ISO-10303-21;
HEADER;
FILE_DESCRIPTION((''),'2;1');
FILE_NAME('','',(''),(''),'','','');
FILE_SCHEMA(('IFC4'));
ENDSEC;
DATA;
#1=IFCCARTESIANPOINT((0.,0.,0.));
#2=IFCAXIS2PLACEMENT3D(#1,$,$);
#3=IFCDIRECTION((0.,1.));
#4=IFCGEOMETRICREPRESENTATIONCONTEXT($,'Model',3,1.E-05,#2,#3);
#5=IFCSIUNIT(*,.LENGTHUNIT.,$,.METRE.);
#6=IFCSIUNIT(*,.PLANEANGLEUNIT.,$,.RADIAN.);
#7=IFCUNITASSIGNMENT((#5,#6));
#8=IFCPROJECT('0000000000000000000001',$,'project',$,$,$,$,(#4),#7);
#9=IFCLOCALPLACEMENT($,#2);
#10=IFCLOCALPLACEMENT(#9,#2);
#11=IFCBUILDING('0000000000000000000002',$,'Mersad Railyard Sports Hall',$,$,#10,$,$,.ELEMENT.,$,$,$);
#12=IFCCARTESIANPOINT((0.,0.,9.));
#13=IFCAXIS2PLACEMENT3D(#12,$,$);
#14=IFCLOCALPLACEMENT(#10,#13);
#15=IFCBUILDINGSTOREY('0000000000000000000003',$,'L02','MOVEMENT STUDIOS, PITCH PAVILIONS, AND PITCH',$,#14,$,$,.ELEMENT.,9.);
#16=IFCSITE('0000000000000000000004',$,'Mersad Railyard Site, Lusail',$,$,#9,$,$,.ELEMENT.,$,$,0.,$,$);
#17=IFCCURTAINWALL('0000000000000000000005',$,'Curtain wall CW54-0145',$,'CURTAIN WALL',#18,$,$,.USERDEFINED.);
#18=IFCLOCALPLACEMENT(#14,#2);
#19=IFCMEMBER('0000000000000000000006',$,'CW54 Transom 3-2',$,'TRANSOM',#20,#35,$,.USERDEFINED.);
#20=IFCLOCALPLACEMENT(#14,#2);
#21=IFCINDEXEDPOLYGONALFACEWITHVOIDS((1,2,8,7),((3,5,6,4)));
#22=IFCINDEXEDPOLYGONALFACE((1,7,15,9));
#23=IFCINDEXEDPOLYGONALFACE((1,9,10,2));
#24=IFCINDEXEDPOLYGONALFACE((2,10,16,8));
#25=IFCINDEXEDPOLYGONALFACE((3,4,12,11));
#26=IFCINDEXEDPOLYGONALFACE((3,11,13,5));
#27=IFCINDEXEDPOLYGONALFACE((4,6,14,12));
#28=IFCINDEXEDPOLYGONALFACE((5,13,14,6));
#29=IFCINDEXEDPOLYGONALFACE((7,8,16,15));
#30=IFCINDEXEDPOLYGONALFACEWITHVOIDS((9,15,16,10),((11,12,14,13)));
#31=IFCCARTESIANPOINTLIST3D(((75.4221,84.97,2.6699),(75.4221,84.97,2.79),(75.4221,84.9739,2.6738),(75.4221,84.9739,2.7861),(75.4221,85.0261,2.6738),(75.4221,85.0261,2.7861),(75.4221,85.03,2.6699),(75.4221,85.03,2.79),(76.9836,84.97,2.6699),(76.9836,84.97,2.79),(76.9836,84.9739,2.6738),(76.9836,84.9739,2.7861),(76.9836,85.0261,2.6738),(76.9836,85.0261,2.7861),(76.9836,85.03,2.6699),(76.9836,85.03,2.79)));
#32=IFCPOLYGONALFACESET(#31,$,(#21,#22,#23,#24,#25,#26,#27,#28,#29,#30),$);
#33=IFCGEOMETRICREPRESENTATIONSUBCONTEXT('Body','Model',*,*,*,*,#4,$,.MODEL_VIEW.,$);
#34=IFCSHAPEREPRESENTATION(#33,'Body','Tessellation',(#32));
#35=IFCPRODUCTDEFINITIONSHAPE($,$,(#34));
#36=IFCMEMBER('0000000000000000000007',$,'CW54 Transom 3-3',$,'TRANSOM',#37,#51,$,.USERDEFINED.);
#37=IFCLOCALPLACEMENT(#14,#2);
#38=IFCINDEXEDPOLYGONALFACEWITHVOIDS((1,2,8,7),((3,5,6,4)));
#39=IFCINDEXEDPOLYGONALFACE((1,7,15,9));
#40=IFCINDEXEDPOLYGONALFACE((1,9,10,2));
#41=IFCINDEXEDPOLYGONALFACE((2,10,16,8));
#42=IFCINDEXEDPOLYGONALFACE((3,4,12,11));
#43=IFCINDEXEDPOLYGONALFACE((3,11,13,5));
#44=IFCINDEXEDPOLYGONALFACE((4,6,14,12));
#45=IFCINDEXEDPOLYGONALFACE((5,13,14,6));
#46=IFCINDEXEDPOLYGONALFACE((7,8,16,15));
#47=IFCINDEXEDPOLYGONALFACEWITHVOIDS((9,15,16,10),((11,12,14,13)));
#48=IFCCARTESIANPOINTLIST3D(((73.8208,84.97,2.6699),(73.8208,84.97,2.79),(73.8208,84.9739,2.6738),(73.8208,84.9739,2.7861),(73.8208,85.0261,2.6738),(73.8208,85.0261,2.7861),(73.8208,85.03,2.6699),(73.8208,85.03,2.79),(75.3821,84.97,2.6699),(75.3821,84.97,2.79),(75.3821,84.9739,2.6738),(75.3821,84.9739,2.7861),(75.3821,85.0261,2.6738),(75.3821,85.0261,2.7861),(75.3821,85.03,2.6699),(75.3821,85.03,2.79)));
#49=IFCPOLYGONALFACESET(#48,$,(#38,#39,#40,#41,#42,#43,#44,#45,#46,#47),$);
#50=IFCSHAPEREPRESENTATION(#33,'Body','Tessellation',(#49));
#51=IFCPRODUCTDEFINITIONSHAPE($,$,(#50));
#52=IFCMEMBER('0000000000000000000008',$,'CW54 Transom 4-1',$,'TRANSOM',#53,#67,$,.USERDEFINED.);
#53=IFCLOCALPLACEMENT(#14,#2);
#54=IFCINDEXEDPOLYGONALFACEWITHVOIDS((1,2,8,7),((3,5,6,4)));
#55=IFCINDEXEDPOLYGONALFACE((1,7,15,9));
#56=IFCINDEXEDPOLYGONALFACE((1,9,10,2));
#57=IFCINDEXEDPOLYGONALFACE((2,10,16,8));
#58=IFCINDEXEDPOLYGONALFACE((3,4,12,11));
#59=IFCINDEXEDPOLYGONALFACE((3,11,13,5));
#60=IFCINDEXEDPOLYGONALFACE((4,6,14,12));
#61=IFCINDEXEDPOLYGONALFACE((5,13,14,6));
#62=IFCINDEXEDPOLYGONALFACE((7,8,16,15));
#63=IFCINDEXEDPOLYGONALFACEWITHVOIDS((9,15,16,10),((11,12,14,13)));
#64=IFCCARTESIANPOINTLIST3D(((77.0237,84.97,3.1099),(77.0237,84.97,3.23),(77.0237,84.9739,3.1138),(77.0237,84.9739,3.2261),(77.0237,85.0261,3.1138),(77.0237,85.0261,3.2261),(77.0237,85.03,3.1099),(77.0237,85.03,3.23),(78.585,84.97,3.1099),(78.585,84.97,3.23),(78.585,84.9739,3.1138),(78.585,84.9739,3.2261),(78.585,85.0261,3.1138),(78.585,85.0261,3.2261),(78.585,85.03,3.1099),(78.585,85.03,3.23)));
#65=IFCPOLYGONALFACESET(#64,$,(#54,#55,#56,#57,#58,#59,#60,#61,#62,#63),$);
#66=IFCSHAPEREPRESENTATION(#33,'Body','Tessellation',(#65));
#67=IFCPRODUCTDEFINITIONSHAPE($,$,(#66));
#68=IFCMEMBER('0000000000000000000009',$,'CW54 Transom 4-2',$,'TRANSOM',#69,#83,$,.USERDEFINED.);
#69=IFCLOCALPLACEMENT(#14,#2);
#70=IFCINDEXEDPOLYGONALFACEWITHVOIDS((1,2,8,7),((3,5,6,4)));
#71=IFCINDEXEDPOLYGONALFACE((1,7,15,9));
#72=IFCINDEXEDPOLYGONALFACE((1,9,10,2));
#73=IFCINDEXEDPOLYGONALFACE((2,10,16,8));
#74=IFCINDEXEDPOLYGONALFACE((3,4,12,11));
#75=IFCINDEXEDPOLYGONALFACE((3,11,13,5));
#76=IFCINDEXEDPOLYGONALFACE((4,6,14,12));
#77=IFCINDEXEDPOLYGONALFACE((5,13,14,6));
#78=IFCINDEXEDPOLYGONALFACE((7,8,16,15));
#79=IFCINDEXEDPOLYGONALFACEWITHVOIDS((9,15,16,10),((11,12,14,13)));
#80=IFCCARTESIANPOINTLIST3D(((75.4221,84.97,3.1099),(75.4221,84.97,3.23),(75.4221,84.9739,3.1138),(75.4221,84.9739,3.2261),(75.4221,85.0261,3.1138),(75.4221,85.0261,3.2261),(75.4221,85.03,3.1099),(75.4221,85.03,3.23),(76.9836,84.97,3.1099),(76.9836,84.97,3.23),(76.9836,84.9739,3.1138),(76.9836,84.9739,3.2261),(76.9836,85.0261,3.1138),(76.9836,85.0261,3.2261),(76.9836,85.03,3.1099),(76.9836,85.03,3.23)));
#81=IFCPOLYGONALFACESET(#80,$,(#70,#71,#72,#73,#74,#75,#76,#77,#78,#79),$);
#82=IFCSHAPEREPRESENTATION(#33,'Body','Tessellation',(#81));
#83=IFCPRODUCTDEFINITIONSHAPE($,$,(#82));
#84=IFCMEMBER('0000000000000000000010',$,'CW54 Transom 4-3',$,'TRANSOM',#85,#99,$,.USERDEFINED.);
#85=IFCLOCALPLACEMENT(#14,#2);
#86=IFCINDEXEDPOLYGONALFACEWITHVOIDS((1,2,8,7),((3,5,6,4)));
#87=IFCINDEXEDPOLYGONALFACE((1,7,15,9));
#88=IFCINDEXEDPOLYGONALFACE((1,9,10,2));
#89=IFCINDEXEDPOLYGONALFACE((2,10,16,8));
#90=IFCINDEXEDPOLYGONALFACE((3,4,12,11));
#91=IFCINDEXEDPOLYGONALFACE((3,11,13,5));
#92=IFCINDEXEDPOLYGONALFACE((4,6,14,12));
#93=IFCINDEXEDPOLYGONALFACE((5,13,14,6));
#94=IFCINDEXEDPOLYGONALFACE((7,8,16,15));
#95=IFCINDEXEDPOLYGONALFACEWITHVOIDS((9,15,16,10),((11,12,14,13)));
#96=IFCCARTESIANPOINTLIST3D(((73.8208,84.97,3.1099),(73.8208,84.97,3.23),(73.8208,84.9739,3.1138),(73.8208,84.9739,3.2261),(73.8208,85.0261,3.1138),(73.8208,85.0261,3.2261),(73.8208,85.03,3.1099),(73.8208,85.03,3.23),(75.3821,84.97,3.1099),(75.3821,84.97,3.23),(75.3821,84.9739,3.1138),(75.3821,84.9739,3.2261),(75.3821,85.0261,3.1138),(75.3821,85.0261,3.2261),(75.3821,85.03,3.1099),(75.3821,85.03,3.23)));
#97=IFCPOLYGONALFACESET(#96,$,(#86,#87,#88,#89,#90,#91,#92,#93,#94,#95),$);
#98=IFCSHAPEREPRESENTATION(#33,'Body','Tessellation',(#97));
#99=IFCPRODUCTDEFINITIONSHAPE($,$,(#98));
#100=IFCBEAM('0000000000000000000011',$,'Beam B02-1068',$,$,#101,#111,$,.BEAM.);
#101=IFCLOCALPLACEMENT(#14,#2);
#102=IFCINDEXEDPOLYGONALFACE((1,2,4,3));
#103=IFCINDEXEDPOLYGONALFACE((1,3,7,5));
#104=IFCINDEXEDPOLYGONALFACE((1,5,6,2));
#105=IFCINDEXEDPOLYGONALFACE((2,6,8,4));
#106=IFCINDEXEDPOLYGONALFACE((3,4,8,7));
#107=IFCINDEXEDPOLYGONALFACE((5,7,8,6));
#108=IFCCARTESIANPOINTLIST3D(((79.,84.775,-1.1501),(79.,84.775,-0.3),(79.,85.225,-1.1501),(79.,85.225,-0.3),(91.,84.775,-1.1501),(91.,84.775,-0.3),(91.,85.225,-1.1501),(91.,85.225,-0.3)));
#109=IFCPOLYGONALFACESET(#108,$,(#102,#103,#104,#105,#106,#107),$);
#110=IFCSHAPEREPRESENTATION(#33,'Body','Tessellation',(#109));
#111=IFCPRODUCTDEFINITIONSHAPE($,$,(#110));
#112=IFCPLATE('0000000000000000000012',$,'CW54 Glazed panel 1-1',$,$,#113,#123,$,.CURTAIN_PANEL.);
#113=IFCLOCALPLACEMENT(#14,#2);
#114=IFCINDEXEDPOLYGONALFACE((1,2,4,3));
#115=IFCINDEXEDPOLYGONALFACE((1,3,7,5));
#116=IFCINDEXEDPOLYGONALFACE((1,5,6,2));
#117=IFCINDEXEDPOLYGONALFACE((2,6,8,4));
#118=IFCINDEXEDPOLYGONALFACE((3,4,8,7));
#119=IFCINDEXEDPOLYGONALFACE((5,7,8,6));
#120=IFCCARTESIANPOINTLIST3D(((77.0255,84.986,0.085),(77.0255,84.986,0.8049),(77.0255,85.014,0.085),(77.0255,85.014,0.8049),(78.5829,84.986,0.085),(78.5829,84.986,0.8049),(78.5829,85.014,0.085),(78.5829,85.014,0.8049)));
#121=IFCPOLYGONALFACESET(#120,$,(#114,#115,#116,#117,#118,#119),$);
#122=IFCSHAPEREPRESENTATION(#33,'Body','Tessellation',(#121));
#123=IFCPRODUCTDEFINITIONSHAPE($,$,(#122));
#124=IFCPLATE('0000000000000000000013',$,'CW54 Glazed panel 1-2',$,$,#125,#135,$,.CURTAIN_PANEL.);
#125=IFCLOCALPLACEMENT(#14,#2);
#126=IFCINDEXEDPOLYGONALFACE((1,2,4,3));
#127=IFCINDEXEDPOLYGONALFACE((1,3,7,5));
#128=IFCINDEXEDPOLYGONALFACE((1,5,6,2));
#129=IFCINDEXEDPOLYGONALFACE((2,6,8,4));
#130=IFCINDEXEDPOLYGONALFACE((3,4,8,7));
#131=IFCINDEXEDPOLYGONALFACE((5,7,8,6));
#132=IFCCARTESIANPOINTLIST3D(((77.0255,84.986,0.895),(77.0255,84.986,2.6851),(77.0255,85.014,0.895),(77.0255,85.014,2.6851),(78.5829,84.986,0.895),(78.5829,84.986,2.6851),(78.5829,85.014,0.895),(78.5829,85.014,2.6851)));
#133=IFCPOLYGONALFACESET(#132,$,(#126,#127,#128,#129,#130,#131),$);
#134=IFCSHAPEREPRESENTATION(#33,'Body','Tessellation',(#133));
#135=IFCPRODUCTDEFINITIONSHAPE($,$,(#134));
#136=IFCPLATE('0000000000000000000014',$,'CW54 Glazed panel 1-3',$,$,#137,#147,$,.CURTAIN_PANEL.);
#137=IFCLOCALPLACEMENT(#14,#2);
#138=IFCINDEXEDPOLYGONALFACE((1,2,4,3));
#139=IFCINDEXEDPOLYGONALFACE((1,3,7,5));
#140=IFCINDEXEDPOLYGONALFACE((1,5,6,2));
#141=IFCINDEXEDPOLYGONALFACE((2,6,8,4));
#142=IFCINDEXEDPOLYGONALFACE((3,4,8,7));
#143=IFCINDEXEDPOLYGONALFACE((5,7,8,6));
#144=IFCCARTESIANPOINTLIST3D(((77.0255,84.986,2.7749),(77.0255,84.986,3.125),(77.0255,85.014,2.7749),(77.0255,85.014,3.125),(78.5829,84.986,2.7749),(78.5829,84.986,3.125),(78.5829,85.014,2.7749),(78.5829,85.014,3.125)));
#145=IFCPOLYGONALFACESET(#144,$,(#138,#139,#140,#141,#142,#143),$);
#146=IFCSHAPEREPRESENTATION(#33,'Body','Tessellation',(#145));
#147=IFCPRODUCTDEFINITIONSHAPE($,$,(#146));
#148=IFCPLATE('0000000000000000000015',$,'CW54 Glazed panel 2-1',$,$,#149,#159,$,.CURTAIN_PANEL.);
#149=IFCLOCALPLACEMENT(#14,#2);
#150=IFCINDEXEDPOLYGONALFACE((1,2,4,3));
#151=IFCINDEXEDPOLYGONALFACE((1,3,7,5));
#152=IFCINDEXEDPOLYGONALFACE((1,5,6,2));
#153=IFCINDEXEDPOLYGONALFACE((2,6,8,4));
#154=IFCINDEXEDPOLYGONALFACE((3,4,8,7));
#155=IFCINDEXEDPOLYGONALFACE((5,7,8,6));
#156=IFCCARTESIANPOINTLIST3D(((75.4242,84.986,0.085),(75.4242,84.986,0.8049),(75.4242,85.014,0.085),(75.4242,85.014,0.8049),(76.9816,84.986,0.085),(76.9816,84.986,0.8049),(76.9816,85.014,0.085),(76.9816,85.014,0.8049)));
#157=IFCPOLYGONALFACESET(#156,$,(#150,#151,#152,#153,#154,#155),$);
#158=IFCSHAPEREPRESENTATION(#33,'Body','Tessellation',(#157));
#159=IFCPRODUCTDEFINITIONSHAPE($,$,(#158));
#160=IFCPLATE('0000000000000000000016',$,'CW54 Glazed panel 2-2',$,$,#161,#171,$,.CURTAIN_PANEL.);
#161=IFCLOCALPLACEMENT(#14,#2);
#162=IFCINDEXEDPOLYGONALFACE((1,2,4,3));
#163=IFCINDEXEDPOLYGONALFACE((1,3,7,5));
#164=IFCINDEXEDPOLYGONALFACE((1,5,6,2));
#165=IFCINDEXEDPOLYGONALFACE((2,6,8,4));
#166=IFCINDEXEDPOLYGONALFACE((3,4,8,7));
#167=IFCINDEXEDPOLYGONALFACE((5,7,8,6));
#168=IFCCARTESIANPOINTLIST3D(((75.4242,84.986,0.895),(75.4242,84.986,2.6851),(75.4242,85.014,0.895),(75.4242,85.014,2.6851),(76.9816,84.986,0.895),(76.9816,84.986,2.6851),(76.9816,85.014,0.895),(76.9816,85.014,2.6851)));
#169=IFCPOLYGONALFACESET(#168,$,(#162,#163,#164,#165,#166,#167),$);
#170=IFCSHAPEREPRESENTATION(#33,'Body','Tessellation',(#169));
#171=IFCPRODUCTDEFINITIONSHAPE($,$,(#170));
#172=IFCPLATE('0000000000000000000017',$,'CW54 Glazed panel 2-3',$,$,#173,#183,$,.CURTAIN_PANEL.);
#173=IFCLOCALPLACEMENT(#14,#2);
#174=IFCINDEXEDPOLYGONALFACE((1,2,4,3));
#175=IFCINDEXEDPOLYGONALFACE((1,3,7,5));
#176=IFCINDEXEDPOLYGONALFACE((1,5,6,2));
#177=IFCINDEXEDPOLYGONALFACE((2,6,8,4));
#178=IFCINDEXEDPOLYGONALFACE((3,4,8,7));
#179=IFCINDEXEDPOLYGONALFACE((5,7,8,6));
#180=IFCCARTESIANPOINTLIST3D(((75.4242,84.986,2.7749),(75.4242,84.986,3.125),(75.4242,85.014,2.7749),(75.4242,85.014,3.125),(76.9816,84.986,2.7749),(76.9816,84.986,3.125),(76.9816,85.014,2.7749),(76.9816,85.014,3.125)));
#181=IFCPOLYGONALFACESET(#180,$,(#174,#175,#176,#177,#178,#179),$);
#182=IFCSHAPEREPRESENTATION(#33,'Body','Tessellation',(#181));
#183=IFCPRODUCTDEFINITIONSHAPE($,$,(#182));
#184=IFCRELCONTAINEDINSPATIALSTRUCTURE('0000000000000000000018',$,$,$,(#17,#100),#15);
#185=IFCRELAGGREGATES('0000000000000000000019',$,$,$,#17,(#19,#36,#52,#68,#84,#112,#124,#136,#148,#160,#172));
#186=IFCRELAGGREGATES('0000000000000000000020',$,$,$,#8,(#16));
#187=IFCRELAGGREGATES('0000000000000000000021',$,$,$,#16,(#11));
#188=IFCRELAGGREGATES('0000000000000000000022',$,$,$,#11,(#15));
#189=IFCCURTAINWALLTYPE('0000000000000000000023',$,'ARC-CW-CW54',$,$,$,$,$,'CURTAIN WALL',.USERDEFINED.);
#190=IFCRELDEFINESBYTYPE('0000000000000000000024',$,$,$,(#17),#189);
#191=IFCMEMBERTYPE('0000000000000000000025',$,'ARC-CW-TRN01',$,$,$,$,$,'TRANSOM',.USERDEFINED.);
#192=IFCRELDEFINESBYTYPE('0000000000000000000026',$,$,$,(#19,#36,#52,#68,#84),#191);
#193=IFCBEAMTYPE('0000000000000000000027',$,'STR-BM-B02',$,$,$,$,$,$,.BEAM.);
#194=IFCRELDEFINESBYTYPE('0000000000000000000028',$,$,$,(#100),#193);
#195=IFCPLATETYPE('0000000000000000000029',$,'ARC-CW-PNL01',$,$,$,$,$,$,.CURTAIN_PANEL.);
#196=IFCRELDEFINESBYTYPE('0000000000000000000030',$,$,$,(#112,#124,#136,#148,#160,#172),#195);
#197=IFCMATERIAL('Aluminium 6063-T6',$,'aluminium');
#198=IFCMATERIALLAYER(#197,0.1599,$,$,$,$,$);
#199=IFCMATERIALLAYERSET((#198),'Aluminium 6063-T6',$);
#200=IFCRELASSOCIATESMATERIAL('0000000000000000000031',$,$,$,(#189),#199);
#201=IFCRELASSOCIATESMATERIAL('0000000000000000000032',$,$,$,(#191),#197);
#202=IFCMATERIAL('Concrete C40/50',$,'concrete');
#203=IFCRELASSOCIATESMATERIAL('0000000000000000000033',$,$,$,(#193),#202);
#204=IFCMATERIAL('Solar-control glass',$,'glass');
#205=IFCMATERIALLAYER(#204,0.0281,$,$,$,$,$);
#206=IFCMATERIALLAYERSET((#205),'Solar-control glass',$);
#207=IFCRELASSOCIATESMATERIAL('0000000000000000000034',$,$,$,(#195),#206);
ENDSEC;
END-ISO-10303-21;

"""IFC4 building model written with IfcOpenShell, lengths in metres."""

from ifc_helpers import new_model, si_unit, direction, frame, origin, origin_2d, place, context, subcontext, project, spatial, rectangle, hollow_rectangle, extrude, material, layer, layer_set, material_profile, profile_set, type_object, element, aggregate, save


model = new_model("IFC4")

# Units and contexts
model_context = context("Model", 3, precision=1e-05, world=origin(), true_north=direction((0.0, 1.0)))
body_context = subcontext(model_context, "Body", "Model", "MODEL_VIEW")
ifc_project = project(units=[si_unit("LENGTHUNIT", "METRE"), si_unit("PLANEANGLEUNIT", "RADIAN")], contexts=[model_context])

# Site, building, storey
site_placement = place(None, origin())
site = spatial("IfcSite", under=ifc_project, at=site_placement, Name="Mersad Railyard Site, Lusail", CompositionType="ELEMENT", RefElevation=0.0)
building_placement = place(site_placement, origin())
building = spatial("IfcBuilding", under=site, at=building_placement, Name="Mersad Railyard Sports Hall", CompositionType="ELEMENT")
storey_placement = place(building_placement, frame((0.0, 0.0, 9.0)))
storey = spatial("IfcBuildingStorey", under=building, at=storey_placement, Name="L02", Description="MOVEMENT STUDIOS, PITCH PAVILIONS, AND PITCH", CompositionType="ELEMENT", Elevation=9.0)

# Curtain wall, members
ifc_material_1 = material(Name="Aluminium 6063-T6", Category="aluminium")
ifc_layer_1 = layer(ifc_material_1, 0.1599)
ifc_layer_set_1 = layer_set([ifc_layer_1], Name="Aluminium 6063-T6")
curtain_wall_type = type_object("IfcCurtainWallType", Name="ARC-CW-CW54", ElementType="CURTAIN WALL", PredefinedType="USERDEFINED", material=ifc_layer_set_1)
curtain_wall_placement = place(storey_placement, origin())
curtain_wall = element("IfcCurtainWall", 1, at=curtain_wall_placement, inside=storey, type_object=curtain_wall_type, Name="Curtain wall CW54-0145", ObjectType="CURTAIN WALL", PredefinedType="USERDEFINED")
ifc_material_profile_1 = material_profile(ifc_material_1, hollow_rectangle(XDim=0.0601, YDim=0.1201, WallThickness=0.0039, at=origin_2d()), Name="AL TRANSOM 60x120x4")
ifc_profile_set_1 = profile_set([ifc_material_profile_1], Name="Aluminium 6063-T6")
member_type_1 = type_object("IfcMemberType", Name="ARC-CW-TRN01", ElementType="TRANSOM", PredefinedType="USERDEFINED", material=ifc_profile_set_1)
member_1_placement = place(storey_placement, frame((76.9836, 85.0, 2.73), z_axis=(-1.0, 0.0, 0.0), x_axis=(0.0, -1.0, 0.0)))
member_1 = element("IfcMember", 2, at=member_1_placement, type_object=member_type_1, Name="CW54 Transom 3-2", ObjectType="TRANSOM", PredefinedType="USERDEFINED", context=body_context, shape_type="SweptSolid", body=[
    extrude(hollow_rectangle(XDim=0.0601, YDim=0.1201, WallThickness=0.0039, at=origin_2d()), origin(), (0.0, 0.0, 1.0), 1.5615),
])
member_2_placement = place(storey_placement, frame((75.3821, 85.0, 2.73), z_axis=(-1.0, 0.0, 0.0), x_axis=(0.0, -1.0, 0.0)))
member_2 = element("IfcMember", 3, at=member_2_placement, type_object=member_type_1, Name="CW54 Transom 3-3", ObjectType="TRANSOM", PredefinedType="USERDEFINED", context=body_context, shape_type="SweptSolid", body=[
    extrude(hollow_rectangle(XDim=0.0601, YDim=0.1201, WallThickness=0.0039, at=origin_2d()), origin(), (0.0, 0.0, 1.0), 1.5613),
])
member_3_placement = place(storey_placement, frame((78.585, 85.0, 3.1699), z_axis=(-1.0, 0.0, 0.0), x_axis=(0.0, -1.0, 0.0)))
member_3 = element("IfcMember", 4, at=member_3_placement, type_object=member_type_1, Name="CW54 Transom 4-1", ObjectType="TRANSOM", PredefinedType="USERDEFINED", context=body_context, shape_type="SweptSolid", body=[
    extrude(hollow_rectangle(XDim=0.0601, YDim=0.1201, WallThickness=0.0039, at=origin_2d()), origin(), (0.0, 0.0, 1.0), 1.5613),
])
member_4_placement = place(storey_placement, frame((76.9836, 85.0, 3.1699), z_axis=(-1.0, 0.0, 0.0), x_axis=(0.0, -1.0, 0.0)))
member_4 = element("IfcMember", 5, at=member_4_placement, type_object=member_type_1, Name="CW54 Transom 4-2", ObjectType="TRANSOM", PredefinedType="USERDEFINED", context=body_context, shape_type="SweptSolid", body=[
    extrude(hollow_rectangle(XDim=0.0601, YDim=0.1201, WallThickness=0.0039, at=origin_2d()), origin(), (0.0, 0.0, 1.0), 1.5615),
])
member_5_placement = place(storey_placement, frame((75.3821, 85.0, 3.1699), z_axis=(-1.0, 0.0, 0.0), x_axis=(0.0, -1.0, 0.0)))
member_5 = element("IfcMember", 6, at=member_5_placement, type_object=member_type_1, Name="CW54 Transom 4-3", ObjectType="TRANSOM", PredefinedType="USERDEFINED", context=body_context, shape_type="SweptSolid", body=[
    extrude(hollow_rectangle(XDim=0.0601, YDim=0.1201, WallThickness=0.0039, at=origin_2d()), origin(), (0.0, 0.0, 1.0), 1.5613),
])

# Beam
ifc_material_2 = material(Name="Concrete C40/50", Category="concrete")
ifc_material_profile_2 = material_profile(ifc_material_2, rectangle(XDim=0.45, YDim=0.8501, at=origin_2d()), Name="RC 450x850")
ifc_profile_set_2 = profile_set([ifc_material_profile_2], Name="Concrete C40/50")
beam_type = type_object("IfcBeamType", Name="STR-BM-B02", PredefinedType="BEAM", material=ifc_profile_set_2)
beam_placement = place(storey_placement, frame((79.0, 85.0, -0.7251), z_axis=(1.0, 0.0, 0.0), x_axis=(0.0, 1.0, 0.0)))
element("IfcBeam", 7, at=beam_placement, inside=storey, type_object=beam_type, Name="Beam B02-1068", PredefinedType="BEAM", context=body_context, shape_type="SweptSolid", body=[
    extrude(rectangle(XDim=0.45, YDim=0.8501, at=origin_2d()), origin(), (0.0, 0.0, 1.0), 12.0),
])

# Plates
ifc_material_3 = material(Name="Solar-control glass", Category="glass")
ifc_layer_2 = layer(ifc_material_3, 0.0281)
ifc_layer_set_2 = layer_set([ifc_layer_2], Name="Solar-control glass")
plate_type = type_object("IfcPlateType", Name="ARC-CW-PNL01", PredefinedType="CURTAIN_PANEL", material=ifc_layer_set_2)
plate_1_placement = place(storey_placement, frame((77.8042, 85.0, 0.085), z_axis=(0.0, 0.0, 1.0), x_axis=(-1.0, 0.0, 0.0)))
plate_1 = element("IfcPlate", 8, at=plate_1_placement, type_object=plate_type, Name="CW54 Glazed panel 1-1", PredefinedType="CURTAIN_PANEL", context=body_context, shape_type="SweptSolid", body=[
    extrude(rectangle(XDim=1.5574, YDim=0.0281, at=origin_2d()), origin(), (0.0, 0.0, 1.0), 0.72),
])
plate_2_placement = place(storey_placement, frame((77.8042, 85.0, 0.895), z_axis=(0.0, 0.0, 1.0), x_axis=(-1.0, 0.0, 0.0)))
plate_2 = element("IfcPlate", 9, at=plate_2_placement, type_object=plate_type, Name="CW54 Glazed panel 1-2", PredefinedType="CURTAIN_PANEL", context=body_context, shape_type="SweptSolid", body=[
    extrude(rectangle(XDim=1.5574, YDim=0.0281, at=origin_2d()), origin(), (0.0, 0.0, 1.0), 1.79),
])
plate_3_placement = place(storey_placement, frame((77.8042, 85.0, 2.7749), z_axis=(0.0, 0.0, 1.0), x_axis=(-1.0, 0.0, 0.0)))
plate_3 = element("IfcPlate", 10, at=plate_3_placement, type_object=plate_type, Name="CW54 Glazed panel 1-3", PredefinedType="CURTAIN_PANEL", context=body_context, shape_type="SweptSolid", body=[
    extrude(rectangle(XDim=1.5574, YDim=0.0281, at=origin_2d()), origin(), (0.0, 0.0, 1.0), 0.3501),
])
plate_4_placement = place(storey_placement, frame((76.2029, 85.0, 0.085), z_axis=(0.0, 0.0, 1.0), x_axis=(-1.0, 0.0, 0.0)))
plate_4 = element("IfcPlate", 11, at=plate_4_placement, type_object=plate_type, Name="CW54 Glazed panel 2-1", PredefinedType="CURTAIN_PANEL", context=body_context, shape_type="SweptSolid", body=[
    extrude(rectangle(XDim=1.5574, YDim=0.0281, at=origin_2d()), origin(), (0.0, 0.0, 1.0), 0.72),
])
plate_5_placement = place(storey_placement, frame((76.2029, 85.0, 0.895), z_axis=(0.0, 0.0, 1.0), x_axis=(-1.0, 0.0, 0.0)))
plate_5 = element("IfcPlate", 12, at=plate_5_placement, type_object=plate_type, Name="CW54 Glazed panel 2-2", PredefinedType="CURTAIN_PANEL", context=body_context, shape_type="SweptSolid", body=[
    extrude(rectangle(XDim=1.5574, YDim=0.0281, at=origin_2d()), origin(), (0.0, 0.0, 1.0), 1.79),
])
plate_6_placement = place(storey_placement, frame((76.2029, 85.0, 2.7749), z_axis=(0.0, 0.0, 1.0), x_axis=(-1.0, 0.0, 0.0)))
plate_6 = element("IfcPlate", 13, at=plate_6_placement, type_object=plate_type, Name="CW54 Glazed panel 2-3", PredefinedType="CURTAIN_PANEL", context=body_context, shape_type="SweptSolid", body=[
    extrude(rectangle(XDim=1.5574, YDim=0.0281, at=origin_2d()), origin(), (0.0, 0.0, 1.0), 0.3501),
])
aggregate(curtain_wall, [member_1, member_2, member_3, member_4, member_5, plate_1, plate_2, plate_3, plate_4, plate_5, plate_6])

save(model, "model.ifc")
